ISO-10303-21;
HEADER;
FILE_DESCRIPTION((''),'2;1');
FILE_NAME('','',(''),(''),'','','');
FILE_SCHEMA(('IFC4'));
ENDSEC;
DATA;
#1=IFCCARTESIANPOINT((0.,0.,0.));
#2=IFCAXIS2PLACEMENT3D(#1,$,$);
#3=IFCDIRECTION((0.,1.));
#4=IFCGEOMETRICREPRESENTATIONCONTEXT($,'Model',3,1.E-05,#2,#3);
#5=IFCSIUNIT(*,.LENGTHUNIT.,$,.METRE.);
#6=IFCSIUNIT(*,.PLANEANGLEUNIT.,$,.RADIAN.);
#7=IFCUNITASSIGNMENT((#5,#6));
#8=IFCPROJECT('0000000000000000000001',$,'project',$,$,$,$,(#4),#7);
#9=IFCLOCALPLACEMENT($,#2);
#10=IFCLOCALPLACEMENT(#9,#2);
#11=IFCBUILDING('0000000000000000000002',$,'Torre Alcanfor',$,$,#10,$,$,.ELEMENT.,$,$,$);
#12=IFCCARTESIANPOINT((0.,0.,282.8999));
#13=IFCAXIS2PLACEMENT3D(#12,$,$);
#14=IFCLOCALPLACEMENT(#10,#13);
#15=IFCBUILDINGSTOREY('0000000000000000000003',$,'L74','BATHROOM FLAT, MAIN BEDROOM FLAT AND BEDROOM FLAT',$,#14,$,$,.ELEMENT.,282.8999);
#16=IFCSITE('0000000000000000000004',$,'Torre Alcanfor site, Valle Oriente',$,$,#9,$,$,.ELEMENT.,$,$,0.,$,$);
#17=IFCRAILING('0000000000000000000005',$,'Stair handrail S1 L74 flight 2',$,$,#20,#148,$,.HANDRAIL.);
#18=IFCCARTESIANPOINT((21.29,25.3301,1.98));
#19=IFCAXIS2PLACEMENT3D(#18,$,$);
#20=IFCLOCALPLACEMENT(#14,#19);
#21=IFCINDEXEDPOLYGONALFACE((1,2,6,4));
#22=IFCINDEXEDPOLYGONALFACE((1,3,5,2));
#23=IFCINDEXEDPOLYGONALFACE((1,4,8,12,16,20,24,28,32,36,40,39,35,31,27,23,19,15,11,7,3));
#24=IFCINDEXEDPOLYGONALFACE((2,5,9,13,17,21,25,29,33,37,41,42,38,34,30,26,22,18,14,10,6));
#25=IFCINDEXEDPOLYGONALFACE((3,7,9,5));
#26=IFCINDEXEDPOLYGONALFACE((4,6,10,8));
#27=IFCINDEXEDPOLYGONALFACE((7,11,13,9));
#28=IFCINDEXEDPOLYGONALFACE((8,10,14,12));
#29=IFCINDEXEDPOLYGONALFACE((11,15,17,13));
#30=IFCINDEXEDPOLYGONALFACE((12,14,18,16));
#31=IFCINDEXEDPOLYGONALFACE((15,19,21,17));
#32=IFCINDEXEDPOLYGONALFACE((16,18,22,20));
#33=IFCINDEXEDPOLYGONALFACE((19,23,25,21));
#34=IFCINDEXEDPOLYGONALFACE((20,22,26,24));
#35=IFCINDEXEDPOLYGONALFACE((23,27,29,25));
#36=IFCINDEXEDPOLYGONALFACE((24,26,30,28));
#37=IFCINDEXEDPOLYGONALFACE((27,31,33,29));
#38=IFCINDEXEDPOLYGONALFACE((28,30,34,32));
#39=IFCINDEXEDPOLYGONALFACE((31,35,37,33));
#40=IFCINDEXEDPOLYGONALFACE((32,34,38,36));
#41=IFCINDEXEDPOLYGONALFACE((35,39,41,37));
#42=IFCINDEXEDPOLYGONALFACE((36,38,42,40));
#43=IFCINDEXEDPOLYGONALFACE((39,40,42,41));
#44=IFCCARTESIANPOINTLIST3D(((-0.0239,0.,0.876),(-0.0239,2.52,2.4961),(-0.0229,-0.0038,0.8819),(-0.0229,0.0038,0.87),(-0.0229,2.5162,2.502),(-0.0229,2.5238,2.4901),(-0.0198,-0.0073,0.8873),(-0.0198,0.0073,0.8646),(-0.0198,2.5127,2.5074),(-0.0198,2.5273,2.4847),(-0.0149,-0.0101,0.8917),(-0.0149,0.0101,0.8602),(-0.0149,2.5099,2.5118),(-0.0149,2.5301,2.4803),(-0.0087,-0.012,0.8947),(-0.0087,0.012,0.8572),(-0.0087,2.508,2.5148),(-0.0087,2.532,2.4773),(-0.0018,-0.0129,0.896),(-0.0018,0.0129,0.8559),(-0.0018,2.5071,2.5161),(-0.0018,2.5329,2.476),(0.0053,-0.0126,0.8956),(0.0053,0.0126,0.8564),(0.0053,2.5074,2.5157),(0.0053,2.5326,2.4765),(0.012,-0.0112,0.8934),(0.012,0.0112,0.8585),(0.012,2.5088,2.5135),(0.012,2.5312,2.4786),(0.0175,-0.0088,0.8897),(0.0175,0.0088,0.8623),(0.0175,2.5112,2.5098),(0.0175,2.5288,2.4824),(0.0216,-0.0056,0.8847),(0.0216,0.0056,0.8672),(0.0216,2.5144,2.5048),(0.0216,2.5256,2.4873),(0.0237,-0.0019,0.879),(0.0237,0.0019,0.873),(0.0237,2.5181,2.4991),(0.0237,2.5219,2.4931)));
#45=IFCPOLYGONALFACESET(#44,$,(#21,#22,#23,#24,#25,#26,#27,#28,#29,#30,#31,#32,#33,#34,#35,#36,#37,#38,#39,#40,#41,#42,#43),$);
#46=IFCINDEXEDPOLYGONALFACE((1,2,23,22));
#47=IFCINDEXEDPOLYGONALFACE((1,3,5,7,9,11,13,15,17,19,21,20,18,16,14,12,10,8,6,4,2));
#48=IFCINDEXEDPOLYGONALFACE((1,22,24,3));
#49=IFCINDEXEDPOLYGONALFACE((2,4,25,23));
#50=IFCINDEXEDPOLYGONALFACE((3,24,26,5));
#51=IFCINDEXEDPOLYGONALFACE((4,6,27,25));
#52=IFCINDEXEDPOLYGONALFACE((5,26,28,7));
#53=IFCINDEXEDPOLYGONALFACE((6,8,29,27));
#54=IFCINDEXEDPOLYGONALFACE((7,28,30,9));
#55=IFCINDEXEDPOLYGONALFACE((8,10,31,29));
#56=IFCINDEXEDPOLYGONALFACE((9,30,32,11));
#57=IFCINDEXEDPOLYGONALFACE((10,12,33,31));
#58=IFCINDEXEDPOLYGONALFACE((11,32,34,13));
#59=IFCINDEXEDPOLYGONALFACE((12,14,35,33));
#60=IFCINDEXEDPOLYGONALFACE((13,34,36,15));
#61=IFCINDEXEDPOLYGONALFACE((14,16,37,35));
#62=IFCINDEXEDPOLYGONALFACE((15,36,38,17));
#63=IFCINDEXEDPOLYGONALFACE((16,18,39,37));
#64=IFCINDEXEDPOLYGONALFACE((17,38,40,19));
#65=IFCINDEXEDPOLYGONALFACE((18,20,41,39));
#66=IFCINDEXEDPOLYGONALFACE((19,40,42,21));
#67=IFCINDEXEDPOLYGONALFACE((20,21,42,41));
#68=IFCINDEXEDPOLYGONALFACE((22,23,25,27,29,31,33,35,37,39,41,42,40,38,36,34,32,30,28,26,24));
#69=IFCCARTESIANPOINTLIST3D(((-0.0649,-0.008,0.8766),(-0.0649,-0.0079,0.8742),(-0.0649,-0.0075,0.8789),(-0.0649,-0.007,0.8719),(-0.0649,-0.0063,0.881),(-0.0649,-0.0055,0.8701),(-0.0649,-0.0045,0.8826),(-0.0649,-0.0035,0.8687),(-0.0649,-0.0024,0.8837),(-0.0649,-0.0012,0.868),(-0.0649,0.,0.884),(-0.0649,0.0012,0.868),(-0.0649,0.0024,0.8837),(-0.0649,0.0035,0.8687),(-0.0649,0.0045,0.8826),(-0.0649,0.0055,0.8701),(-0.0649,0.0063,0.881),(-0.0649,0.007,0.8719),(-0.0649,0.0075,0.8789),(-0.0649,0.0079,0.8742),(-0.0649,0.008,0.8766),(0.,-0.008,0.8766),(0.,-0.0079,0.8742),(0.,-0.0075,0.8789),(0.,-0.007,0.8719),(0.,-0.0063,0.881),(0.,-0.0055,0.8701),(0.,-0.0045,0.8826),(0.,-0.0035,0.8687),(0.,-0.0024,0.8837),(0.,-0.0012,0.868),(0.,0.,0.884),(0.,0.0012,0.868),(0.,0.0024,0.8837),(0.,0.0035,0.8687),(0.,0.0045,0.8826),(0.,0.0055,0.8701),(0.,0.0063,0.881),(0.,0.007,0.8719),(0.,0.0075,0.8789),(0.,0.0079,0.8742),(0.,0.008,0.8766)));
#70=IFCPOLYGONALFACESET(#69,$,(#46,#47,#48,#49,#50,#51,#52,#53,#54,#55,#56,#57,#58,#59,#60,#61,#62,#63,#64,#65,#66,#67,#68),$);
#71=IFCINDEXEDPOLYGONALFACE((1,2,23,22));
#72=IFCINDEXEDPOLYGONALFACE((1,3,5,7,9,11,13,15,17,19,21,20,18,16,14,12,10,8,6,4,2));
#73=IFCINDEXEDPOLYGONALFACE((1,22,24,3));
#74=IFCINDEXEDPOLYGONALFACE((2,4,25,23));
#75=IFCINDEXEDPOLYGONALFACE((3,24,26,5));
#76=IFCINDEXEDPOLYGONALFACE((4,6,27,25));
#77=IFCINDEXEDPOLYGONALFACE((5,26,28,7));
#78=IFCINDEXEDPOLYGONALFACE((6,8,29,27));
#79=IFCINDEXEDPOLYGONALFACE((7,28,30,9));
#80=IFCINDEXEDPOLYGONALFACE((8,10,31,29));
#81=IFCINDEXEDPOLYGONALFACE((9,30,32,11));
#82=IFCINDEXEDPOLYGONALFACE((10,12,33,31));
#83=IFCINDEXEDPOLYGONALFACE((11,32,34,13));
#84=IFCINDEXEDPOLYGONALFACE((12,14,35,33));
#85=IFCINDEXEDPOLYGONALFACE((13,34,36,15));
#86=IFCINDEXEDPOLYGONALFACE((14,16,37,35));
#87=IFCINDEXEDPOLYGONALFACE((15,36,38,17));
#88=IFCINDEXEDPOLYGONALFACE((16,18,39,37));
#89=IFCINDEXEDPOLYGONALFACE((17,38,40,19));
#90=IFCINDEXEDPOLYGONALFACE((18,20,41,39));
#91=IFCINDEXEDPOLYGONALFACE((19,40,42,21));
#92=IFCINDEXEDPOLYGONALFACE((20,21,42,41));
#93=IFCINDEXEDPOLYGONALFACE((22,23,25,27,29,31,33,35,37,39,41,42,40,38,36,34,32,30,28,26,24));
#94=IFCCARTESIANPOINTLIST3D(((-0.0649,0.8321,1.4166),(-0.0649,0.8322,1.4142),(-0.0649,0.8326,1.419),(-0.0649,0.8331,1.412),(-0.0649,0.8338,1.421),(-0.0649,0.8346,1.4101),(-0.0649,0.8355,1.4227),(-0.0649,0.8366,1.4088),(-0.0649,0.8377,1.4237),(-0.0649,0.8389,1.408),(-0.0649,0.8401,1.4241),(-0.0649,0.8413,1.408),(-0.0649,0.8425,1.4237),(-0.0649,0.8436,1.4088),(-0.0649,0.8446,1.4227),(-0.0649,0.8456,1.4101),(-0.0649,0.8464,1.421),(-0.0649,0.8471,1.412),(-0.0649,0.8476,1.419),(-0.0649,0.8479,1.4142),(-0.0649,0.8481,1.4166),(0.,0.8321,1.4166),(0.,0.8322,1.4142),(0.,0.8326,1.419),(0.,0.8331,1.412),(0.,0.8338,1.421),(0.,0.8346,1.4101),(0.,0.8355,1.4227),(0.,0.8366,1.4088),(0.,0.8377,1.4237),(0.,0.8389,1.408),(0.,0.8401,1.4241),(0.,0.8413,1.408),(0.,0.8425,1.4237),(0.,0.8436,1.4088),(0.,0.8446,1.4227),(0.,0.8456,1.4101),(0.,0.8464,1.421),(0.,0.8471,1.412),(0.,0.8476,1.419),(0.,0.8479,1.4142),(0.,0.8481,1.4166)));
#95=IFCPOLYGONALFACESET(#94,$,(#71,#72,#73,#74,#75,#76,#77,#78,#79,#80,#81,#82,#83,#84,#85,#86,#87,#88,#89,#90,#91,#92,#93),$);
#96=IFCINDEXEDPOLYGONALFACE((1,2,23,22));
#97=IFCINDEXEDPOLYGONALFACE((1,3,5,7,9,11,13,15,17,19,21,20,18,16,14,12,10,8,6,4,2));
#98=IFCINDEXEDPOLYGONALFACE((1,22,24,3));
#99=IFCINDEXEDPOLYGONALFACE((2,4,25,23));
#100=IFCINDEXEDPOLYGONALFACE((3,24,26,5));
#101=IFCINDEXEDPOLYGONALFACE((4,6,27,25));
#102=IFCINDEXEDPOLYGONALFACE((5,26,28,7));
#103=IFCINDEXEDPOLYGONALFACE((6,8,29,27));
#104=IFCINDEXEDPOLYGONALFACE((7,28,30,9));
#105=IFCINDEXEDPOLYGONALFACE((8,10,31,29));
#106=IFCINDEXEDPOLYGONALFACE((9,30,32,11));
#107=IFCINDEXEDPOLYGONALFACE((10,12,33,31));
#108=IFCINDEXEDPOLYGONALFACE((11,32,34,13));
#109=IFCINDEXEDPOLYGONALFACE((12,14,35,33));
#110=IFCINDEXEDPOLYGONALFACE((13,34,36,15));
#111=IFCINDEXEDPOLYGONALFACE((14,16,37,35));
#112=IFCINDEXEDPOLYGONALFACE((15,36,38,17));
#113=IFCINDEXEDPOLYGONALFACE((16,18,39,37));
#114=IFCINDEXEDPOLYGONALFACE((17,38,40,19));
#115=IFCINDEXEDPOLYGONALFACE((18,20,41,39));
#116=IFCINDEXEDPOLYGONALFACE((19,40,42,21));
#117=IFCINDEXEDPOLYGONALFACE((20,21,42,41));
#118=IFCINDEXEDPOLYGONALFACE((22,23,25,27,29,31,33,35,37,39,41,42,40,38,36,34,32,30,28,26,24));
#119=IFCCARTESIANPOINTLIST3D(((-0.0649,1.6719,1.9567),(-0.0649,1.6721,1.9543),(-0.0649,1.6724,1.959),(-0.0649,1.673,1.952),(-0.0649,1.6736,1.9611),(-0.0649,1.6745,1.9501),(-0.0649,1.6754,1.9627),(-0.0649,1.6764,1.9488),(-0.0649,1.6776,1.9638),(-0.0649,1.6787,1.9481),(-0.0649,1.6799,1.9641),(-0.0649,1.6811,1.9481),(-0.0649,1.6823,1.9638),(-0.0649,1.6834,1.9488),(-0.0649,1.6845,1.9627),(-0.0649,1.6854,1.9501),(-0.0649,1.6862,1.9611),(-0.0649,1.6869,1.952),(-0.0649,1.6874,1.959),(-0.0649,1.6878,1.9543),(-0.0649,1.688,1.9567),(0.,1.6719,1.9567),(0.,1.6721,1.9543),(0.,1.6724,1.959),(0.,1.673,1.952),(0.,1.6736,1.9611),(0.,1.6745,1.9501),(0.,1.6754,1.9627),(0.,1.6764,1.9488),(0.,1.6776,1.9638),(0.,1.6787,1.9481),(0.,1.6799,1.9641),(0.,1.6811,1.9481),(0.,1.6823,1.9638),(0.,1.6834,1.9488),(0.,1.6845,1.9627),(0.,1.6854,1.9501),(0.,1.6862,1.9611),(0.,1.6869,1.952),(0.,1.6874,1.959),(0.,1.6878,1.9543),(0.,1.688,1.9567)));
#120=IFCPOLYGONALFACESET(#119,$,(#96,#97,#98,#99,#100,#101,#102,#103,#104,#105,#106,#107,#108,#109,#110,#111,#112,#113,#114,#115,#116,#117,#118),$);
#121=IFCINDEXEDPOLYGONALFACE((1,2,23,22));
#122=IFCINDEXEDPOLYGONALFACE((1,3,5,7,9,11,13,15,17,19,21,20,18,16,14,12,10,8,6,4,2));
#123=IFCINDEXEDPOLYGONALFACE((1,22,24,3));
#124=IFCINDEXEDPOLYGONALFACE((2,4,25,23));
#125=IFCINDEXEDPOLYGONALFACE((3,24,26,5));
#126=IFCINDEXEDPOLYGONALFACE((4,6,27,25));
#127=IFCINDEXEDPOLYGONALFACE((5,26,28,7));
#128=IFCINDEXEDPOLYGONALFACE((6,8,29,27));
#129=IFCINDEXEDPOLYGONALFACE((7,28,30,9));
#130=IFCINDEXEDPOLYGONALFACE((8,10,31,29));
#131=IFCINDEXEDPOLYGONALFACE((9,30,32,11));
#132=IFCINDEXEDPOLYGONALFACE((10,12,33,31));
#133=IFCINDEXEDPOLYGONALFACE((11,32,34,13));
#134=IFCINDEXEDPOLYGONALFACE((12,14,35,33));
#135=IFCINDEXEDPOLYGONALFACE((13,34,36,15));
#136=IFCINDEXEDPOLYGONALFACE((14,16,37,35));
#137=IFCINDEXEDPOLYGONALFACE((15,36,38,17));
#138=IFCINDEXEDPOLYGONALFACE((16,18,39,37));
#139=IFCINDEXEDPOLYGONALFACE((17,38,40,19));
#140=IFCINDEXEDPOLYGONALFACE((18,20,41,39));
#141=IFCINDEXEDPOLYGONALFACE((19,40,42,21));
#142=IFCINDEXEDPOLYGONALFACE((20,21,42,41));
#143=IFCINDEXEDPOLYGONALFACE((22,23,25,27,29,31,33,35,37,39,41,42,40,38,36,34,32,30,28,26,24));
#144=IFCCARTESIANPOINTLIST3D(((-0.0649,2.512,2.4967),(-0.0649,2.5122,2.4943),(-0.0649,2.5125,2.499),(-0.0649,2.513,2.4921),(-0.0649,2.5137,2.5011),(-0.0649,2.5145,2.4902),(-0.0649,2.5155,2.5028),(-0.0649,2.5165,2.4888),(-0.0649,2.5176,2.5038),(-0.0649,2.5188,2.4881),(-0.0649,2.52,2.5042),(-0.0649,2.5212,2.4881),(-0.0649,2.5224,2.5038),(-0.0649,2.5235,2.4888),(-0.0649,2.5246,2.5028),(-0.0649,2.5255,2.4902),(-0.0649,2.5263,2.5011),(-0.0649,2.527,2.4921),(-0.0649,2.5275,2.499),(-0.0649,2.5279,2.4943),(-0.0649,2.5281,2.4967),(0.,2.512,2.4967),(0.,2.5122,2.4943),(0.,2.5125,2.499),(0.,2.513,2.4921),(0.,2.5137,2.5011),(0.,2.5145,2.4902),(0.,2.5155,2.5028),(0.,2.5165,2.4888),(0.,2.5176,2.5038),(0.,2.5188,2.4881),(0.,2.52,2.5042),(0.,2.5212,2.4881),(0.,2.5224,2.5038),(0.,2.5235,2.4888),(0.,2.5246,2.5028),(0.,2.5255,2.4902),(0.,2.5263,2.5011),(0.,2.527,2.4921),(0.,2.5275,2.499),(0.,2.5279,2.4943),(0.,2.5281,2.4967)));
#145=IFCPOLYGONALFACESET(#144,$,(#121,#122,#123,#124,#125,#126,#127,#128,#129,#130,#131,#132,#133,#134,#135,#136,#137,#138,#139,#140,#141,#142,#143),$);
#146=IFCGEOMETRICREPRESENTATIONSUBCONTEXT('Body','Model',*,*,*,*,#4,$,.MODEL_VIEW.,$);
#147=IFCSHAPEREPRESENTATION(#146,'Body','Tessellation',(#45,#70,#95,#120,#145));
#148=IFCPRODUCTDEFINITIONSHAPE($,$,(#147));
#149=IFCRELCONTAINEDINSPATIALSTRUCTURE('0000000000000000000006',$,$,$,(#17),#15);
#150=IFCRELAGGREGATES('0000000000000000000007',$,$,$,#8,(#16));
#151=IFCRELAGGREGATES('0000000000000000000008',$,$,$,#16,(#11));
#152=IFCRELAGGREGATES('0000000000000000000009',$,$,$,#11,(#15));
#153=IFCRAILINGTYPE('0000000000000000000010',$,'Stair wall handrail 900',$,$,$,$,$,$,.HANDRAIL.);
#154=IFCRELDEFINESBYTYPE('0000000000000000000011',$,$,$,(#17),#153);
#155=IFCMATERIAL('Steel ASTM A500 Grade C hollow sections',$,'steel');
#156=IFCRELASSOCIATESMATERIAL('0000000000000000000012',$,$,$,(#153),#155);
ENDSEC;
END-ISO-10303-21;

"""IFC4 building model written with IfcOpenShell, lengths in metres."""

from ifc_helpers import new_model, si_unit, direction, frame, origin, origin_2d, place, context, subcontext, project, spatial, circle, extrude, material, type_object, element, save


model = new_model("IFC4")

# Units and contexts
model_context = context("Model", 3, precision=1e-05, world=origin(), true_north=direction((0.0, 1.0)))
body_context = subcontext(model_context, "Body", "Model", "MODEL_VIEW")
ifc_project = project(units=[si_unit("LENGTHUNIT", "METRE"), si_unit("PLANEANGLEUNIT", "RADIAN")], contexts=[model_context])

# Site, building, storey
site_placement = place(None, origin())
site = spatial("IfcSite", under=ifc_project, at=site_placement, Name="Torre Alcanfor site, Valle Oriente", CompositionType="ELEMENT", RefElevation=0.0)
building_placement = place(site_placement, origin())
building = spatial("IfcBuilding", under=site, at=building_placement, Name="Torre Alcanfor", CompositionType="ELEMENT")
storey_placement = place(building_placement, frame((0.0, 0.0, 282.8999)))
storey = spatial("IfcBuildingStorey", under=building, at=storey_placement, Name="L74", Description="BATHROOM FLAT, MAIN BEDROOM FLAT AND BEDROOM FLAT", CompositionType="ELEMENT", Elevation=282.8999)

# Railing
ifc_material_1 = material(Name="Steel ASTM A500 Grade C hollow sections", Category="steel")
railing_type_1 = type_object("IfcRailingType", Name="Stair wall handrail 900", PredefinedType="HANDRAIL", material=ifc_material_1)
railing_1_placement = place(storey_placement, frame((21.29, 25.3301, 1.98)))
element("IfcRailing", 1, at=railing_1_placement, inside=storey, type_object=railing_type_1, Name="Stair handrail S1 L74 flight 2", PredefinedType="HANDRAIL", context=body_context, shape_type="SweptSolid", body=[
    extrude(circle(Radius=0.0239, at=origin_2d()), frame((0.0, 0.0, 0.876), z_axis=(0.0, 0.841163, 0.540782), x_axis=(-1.0, 0.0, 0.0)), (0.0, 0.0, 1.0), 2.9958),
    extrude(circle(Radius=0.0081, at=origin_2d()), frame((0.0, 0.0, 0.876), z_axis=(-1.0, 0.0, 0.0), x_axis=(0.0, 0.0, 1.0)), (0.0, 0.0, 1.0), 0.0649),
    extrude(circle(Radius=0.0081, at=origin_2d()), frame((0.0, 0.8401, 1.416), z_axis=(-1.0, 0.0, 0.0), x_axis=(0.0, 0.0, 1.0)), (0.0, 0.0, 1.0), 0.0649),
    extrude(circle(Radius=0.0081, at=origin_2d()), frame((0.0, 1.6799, 1.9561), z_axis=(-1.0, 0.0, 0.0), x_axis=(0.0, 0.0, 1.0)), (0.0, 0.0, 1.0), 0.0649),
    extrude(circle(Radius=0.0081, at=origin_2d()), frame((0.0, 2.52, 2.4961), z_axis=(-1.0, 0.0, 0.0), x_axis=(0.0, 0.0, 1.0)), (0.0, 0.0, 1.0), 0.0649),
])

save(model, "model.ifc")
